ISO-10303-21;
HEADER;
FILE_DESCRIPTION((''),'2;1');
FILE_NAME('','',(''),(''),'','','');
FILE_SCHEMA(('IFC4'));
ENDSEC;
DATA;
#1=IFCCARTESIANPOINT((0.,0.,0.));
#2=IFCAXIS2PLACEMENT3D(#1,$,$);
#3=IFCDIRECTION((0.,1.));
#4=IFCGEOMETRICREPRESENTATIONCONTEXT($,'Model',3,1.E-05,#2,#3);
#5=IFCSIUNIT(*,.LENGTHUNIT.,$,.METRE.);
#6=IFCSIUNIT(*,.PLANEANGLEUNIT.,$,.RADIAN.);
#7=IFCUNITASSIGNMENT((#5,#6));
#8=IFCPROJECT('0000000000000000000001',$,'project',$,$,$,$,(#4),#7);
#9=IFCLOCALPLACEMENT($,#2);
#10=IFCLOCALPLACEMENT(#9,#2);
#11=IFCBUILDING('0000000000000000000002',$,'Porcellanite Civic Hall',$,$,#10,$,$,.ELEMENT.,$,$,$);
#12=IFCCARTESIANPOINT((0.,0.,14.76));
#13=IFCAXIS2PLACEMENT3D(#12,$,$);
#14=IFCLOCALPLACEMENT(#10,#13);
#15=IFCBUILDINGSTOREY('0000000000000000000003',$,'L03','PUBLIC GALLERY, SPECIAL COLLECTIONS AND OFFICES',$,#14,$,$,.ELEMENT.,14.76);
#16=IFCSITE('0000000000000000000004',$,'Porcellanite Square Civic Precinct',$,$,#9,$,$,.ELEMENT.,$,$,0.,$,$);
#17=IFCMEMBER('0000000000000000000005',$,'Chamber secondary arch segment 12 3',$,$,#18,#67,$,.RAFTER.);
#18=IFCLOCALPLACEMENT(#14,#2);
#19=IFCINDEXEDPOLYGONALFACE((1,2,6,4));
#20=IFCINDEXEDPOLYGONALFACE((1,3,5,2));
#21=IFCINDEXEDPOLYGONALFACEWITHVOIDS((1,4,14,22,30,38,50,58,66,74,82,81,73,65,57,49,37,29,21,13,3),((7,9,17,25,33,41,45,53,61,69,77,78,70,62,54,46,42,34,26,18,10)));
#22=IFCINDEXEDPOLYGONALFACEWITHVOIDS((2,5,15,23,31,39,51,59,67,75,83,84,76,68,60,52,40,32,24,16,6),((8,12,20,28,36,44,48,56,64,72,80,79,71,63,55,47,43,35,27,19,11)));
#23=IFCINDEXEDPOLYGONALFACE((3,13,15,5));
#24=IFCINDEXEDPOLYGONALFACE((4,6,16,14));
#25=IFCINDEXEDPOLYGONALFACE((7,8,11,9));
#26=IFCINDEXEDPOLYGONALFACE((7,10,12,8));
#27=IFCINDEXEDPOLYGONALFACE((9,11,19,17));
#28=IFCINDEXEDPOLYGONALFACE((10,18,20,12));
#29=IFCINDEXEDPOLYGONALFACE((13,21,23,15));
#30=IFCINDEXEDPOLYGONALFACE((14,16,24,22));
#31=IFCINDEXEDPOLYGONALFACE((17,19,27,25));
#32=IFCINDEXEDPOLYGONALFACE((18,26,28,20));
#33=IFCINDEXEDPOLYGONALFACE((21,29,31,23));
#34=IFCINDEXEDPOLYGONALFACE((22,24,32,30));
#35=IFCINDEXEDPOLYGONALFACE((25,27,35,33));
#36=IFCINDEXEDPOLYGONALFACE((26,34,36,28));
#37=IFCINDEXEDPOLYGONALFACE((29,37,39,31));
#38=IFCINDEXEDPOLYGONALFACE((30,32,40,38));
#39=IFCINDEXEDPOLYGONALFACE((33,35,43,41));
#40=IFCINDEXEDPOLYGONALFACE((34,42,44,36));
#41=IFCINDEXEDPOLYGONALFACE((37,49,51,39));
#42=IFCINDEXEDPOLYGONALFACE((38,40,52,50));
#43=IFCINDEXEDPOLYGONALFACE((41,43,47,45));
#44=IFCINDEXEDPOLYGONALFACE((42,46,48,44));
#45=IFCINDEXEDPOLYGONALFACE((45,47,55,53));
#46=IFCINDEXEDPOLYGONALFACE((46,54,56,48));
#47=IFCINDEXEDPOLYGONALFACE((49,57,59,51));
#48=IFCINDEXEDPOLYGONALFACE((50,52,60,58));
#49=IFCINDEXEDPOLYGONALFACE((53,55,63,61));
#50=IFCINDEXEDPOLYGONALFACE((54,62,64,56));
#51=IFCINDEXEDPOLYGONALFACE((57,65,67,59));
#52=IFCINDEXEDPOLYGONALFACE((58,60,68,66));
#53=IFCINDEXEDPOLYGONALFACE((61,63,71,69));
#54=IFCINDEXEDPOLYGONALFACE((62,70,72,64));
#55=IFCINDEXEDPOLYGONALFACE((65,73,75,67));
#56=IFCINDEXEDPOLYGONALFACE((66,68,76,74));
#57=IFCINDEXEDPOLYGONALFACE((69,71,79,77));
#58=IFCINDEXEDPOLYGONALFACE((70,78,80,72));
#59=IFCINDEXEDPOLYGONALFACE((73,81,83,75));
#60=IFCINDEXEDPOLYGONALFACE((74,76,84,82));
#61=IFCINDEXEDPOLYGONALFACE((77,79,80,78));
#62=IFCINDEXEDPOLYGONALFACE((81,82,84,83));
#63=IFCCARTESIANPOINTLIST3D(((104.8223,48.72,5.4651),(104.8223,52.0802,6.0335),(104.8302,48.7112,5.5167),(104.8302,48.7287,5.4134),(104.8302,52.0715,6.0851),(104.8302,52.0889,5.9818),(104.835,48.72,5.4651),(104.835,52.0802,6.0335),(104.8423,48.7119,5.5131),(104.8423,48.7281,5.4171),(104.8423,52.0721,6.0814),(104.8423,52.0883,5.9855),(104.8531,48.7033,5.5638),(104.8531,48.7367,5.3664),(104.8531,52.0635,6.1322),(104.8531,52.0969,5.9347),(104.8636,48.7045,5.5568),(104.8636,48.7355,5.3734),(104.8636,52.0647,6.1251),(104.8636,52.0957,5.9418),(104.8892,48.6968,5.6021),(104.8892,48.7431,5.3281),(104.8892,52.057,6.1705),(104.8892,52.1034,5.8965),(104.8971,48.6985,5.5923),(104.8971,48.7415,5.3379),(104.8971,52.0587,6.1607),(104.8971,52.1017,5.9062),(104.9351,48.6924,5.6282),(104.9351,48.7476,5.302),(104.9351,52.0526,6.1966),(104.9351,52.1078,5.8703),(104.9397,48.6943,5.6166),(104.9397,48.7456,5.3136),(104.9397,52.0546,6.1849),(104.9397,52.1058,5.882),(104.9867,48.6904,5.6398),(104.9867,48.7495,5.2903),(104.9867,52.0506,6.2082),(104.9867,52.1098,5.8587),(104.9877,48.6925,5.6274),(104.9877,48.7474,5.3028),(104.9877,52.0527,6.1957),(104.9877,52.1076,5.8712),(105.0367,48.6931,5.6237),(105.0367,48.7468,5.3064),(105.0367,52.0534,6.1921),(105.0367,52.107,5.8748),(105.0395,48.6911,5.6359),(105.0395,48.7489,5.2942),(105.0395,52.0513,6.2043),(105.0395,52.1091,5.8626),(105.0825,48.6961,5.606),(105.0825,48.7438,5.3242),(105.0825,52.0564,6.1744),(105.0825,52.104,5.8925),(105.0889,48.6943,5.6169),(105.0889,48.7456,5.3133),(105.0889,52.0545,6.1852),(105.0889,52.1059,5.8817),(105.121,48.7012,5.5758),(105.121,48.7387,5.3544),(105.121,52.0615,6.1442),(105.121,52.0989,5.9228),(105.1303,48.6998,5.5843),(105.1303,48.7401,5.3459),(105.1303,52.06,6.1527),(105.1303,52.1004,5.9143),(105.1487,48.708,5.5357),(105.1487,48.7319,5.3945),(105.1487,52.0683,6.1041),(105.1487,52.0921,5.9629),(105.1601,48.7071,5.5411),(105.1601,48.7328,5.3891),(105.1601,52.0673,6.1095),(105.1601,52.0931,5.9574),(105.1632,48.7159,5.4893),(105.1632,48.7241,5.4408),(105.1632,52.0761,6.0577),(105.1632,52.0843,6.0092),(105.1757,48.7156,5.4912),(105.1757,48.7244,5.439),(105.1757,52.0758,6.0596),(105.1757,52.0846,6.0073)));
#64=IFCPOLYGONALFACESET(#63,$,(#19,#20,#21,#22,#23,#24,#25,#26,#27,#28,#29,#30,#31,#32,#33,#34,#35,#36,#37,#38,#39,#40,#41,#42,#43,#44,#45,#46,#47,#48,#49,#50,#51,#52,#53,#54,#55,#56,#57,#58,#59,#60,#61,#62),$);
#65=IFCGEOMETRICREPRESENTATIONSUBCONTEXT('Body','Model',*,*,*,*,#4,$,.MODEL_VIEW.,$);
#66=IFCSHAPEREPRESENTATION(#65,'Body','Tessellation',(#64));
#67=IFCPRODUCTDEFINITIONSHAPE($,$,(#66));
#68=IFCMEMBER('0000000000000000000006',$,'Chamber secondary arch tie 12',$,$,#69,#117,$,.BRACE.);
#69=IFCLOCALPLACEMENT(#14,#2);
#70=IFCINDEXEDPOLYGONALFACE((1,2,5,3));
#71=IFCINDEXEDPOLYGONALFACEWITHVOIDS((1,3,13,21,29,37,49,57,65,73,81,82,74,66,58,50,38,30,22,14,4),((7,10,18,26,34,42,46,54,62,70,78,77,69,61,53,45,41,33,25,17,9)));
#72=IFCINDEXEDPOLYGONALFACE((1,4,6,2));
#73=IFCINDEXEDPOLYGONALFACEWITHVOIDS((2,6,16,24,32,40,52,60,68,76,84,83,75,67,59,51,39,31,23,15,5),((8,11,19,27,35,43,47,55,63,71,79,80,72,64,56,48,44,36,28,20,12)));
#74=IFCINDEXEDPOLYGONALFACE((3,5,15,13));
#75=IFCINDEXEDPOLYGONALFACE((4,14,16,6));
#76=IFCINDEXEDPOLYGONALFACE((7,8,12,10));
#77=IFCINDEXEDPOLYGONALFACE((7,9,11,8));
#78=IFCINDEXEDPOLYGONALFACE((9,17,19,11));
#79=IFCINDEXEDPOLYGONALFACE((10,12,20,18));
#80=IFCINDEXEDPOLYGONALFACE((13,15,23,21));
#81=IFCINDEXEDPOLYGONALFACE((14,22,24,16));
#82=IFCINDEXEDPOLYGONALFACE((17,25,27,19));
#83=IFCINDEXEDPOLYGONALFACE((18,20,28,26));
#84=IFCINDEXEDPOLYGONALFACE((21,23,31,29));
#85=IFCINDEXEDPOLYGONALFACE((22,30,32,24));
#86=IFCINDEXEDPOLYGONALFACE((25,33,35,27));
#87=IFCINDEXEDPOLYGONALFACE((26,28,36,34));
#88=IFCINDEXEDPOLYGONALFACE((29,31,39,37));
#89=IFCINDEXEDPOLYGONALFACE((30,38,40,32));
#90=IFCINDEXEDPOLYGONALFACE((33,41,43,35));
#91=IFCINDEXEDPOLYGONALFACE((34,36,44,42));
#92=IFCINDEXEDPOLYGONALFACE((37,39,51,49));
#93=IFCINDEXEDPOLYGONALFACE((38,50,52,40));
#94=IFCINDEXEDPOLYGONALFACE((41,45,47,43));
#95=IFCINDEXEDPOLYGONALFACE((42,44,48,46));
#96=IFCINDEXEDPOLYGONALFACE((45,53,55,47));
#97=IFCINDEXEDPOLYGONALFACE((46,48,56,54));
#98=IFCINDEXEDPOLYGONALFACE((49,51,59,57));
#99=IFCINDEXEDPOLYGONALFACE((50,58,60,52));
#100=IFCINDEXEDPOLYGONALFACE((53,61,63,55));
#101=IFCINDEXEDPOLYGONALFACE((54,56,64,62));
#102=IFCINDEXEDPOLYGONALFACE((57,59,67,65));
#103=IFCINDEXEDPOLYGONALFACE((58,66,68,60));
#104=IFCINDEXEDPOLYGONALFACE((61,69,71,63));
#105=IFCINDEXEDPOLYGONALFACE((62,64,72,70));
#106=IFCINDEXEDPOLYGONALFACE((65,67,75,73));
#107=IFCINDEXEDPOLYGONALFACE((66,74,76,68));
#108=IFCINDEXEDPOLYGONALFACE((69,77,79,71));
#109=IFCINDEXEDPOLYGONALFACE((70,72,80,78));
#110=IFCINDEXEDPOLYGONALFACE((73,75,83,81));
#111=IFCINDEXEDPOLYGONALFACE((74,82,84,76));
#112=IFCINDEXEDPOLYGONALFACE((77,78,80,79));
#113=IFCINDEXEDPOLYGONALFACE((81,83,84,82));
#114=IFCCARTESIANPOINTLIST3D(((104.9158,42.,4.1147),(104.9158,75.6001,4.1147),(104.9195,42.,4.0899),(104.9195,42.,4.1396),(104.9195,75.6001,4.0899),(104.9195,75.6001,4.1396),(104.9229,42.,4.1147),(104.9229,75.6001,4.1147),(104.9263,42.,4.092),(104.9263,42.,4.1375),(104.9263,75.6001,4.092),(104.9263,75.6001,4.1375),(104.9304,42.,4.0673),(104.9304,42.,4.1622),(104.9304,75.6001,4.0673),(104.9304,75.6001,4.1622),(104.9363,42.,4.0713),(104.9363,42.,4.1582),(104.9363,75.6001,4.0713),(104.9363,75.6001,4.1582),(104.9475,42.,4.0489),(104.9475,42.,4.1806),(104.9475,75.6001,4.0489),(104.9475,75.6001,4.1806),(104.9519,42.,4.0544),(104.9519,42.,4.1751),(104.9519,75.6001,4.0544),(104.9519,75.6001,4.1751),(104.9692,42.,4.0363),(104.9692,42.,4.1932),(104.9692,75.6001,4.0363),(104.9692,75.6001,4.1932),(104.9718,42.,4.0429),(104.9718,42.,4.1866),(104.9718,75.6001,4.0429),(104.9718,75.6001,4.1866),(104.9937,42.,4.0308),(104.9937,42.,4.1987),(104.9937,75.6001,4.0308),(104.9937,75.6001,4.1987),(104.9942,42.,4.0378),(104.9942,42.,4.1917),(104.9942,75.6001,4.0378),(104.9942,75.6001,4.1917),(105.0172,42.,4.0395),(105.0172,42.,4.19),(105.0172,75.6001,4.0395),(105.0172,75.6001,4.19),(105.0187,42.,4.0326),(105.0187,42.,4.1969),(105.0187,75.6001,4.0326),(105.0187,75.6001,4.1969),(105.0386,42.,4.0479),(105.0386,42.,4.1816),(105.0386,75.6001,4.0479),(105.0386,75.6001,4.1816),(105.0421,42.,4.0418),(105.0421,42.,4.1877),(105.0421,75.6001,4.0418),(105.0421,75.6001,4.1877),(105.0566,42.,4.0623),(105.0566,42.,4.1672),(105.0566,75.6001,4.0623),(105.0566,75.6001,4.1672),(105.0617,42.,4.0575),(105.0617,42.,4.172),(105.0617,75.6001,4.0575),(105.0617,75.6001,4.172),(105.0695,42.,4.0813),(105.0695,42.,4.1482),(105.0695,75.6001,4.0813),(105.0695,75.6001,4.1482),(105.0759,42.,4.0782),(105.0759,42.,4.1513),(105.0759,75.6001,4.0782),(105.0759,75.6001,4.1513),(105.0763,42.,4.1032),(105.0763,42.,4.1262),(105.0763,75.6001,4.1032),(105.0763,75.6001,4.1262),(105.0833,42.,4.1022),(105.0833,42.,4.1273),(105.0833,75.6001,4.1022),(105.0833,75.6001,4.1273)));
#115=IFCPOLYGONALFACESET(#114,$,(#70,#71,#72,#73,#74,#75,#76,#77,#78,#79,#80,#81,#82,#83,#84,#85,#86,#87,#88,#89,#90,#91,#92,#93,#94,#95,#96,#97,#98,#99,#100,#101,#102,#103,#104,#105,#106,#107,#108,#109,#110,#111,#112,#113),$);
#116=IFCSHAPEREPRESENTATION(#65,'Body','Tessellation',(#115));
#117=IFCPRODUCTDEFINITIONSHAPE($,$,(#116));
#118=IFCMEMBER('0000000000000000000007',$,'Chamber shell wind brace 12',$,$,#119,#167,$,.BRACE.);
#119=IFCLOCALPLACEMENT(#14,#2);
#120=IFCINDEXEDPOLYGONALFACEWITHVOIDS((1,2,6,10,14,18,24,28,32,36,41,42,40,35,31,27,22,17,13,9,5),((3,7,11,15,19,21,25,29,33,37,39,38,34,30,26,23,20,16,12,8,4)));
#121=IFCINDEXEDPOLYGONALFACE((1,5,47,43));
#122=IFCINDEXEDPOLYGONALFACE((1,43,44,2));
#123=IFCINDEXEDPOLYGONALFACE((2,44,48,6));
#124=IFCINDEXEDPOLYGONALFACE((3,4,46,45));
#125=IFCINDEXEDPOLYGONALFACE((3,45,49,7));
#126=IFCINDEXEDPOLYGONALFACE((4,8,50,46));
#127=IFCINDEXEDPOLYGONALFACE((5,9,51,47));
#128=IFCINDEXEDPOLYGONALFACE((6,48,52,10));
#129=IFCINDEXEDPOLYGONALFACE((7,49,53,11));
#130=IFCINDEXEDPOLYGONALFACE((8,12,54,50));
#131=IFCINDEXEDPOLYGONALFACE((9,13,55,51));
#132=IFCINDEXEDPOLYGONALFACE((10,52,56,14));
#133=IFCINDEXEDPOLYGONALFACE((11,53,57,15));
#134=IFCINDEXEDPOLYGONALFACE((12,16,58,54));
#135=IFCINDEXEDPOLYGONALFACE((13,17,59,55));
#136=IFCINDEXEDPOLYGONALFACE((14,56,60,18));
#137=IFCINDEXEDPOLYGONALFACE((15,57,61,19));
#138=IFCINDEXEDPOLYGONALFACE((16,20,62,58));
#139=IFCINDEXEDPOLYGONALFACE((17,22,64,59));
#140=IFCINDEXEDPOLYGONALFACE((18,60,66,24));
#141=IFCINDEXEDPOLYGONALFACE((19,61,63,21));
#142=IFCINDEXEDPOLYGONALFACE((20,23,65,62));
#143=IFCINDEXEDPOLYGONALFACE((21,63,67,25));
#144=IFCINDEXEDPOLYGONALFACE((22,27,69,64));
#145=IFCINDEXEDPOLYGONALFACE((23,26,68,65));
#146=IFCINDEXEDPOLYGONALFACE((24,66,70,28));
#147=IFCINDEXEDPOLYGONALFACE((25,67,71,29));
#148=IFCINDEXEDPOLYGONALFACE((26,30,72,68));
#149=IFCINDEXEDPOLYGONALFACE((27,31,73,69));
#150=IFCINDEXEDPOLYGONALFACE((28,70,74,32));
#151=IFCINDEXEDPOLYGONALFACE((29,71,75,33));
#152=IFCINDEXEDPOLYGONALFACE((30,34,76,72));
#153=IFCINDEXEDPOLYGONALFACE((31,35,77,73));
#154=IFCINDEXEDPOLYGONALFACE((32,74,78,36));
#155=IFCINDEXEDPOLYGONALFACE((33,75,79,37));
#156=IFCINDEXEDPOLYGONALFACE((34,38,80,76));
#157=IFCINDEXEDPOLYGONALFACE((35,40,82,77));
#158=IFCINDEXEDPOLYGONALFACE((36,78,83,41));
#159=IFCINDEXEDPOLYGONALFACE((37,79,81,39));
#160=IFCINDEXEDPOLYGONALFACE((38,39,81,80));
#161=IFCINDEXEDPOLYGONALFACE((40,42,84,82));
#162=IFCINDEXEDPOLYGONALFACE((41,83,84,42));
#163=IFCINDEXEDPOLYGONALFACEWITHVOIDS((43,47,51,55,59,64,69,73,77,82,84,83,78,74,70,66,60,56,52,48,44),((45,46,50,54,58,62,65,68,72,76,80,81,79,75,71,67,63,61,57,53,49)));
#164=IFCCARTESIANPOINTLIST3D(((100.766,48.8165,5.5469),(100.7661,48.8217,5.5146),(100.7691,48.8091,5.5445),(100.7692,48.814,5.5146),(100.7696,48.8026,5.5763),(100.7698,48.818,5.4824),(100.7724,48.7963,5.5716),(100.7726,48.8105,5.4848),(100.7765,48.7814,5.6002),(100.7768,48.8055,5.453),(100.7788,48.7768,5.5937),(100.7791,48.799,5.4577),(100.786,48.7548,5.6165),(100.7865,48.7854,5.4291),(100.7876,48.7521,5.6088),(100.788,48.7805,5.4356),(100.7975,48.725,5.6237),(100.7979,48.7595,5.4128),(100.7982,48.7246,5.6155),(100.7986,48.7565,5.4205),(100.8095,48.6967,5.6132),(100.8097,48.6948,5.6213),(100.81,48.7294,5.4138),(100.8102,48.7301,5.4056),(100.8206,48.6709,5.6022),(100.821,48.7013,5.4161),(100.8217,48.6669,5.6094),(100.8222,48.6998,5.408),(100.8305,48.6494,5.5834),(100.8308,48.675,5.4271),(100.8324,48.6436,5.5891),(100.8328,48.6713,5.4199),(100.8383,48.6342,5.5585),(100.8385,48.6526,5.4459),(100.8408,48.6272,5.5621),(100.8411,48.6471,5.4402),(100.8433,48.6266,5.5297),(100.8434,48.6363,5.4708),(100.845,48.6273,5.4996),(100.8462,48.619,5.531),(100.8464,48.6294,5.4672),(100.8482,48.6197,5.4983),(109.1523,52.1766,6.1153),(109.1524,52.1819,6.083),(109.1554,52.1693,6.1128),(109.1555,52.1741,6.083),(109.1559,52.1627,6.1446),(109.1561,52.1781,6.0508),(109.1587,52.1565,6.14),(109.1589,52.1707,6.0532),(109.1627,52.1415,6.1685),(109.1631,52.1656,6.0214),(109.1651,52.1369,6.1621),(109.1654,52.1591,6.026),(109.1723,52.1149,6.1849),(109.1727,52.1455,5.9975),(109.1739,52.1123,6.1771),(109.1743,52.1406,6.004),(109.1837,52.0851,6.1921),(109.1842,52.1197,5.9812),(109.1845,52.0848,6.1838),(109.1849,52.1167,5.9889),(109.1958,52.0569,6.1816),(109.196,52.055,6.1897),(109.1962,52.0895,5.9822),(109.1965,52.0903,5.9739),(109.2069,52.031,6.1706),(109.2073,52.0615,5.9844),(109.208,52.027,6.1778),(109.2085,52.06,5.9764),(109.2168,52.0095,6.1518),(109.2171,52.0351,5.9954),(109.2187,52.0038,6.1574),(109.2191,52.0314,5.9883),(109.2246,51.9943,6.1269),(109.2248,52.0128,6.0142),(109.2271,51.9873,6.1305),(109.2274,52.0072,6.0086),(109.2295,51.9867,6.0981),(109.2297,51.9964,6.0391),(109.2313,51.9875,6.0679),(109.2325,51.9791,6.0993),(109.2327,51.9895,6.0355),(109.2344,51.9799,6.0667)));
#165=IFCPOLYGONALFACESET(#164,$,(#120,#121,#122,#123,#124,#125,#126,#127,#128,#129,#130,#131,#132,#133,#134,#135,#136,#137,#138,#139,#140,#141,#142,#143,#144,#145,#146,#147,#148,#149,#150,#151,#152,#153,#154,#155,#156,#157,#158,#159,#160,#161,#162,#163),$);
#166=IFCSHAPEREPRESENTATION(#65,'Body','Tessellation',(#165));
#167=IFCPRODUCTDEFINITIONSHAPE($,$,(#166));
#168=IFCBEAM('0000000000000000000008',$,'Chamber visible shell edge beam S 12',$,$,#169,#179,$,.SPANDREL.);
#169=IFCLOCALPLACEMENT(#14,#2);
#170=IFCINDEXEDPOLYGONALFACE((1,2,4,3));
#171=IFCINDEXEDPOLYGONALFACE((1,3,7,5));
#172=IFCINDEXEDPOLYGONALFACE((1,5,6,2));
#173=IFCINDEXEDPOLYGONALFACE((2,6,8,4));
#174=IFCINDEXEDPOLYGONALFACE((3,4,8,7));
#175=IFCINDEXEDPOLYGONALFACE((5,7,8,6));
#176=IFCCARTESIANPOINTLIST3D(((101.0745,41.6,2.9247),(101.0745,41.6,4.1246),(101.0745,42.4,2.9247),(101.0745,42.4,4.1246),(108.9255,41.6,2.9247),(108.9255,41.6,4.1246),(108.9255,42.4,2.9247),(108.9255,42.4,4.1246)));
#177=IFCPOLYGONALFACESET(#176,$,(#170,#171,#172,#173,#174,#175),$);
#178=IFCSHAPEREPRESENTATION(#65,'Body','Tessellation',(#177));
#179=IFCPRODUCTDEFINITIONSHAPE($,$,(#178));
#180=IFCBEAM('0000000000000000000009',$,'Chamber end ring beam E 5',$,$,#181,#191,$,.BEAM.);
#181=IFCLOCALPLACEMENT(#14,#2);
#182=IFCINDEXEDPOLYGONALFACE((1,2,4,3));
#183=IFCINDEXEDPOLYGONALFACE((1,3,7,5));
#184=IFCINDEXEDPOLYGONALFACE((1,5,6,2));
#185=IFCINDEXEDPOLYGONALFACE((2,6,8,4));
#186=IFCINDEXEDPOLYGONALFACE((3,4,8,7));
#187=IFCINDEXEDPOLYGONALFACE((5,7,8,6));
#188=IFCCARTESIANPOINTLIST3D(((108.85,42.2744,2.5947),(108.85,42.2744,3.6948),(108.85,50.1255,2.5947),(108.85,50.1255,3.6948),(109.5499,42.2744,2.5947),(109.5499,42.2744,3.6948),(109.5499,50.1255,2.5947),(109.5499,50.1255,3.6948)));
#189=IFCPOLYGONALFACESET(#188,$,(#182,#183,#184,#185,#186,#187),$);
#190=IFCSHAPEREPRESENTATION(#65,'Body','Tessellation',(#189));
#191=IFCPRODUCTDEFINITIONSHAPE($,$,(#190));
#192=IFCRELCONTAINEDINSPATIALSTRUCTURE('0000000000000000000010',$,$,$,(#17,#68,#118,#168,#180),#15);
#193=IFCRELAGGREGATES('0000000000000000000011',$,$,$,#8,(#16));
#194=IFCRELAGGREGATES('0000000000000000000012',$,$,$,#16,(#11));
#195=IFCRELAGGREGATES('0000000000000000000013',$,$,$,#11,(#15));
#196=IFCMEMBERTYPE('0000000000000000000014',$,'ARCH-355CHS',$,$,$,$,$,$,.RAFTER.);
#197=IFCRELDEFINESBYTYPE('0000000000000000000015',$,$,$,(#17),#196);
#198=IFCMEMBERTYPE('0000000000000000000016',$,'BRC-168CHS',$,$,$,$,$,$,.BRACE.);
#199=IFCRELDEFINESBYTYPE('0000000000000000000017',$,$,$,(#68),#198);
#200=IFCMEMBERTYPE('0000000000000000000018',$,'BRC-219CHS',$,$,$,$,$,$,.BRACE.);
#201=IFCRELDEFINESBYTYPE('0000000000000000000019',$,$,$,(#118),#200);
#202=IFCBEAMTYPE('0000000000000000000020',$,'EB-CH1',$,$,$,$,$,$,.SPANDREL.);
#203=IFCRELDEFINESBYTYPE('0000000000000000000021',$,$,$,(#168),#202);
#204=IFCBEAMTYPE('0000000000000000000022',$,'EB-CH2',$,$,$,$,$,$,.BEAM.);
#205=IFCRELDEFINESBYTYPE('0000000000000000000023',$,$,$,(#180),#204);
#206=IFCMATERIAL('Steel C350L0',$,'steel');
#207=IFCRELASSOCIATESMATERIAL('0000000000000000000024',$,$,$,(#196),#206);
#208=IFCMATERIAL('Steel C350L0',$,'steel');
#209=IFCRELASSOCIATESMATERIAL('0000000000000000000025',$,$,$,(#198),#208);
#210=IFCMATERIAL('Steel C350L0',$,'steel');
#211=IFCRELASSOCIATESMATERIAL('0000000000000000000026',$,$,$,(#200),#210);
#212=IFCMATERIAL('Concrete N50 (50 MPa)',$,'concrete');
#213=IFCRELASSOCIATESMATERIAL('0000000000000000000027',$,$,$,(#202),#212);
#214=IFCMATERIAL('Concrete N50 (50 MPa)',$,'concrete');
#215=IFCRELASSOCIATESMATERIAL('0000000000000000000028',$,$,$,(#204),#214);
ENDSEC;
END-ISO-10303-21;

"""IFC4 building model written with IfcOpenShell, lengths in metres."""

from ifc_helpers import new_model, si_unit, direction, frame, origin, origin_2d, place, context, subcontext, project, spatial, rectangle, hollow_circle, extrude, material, material_profile, profile_set, type_object, element, save


model = new_model("IFC4")

# Units and contexts
model_context = context("Model", 3, precision=1e-05, world=origin(), true_north=direction((0.0, 1.0)))
body_context = subcontext(model_context, "Body", "Model", "MODEL_VIEW")
ifc_project = project(units=[si_unit("LENGTHUNIT", "METRE"), si_unit("PLANEANGLEUNIT", "RADIAN")], contexts=[model_context])

# Site, building, storey
site_placement = place(None, origin())
site = spatial("IfcSite", under=ifc_project, at=site_placement, Name="Porcellanite Square Civic Precinct", CompositionType="ELEMENT", RefElevation=0.0)
building_placement = place(site_placement, origin())
building = spatial("IfcBuilding", under=site, at=building_placement, Name="Porcellanite Civic Hall", CompositionType="ELEMENT")
storey_placement = place(building_placement, frame((0.0, 0.0, 14.76)))
storey = spatial("IfcBuildingStorey", under=building, at=storey_placement, Name="L03", Description="PUBLIC GALLERY, SPECIAL COLLECTIONS AND OFFICES", CompositionType="ELEMENT", Elevation=14.76)

# Members
ifc_material_1 = material(Name="Steel C350L0", Category="steel")
ifc_material_profile_1 = material_profile(ifc_material_1, hollow_circle(Radius=0.1777, WallThickness=0.0127, at=origin_2d()), Name="355.6x12.7CHS")
ifc_profile_set_1 = profile_set([ifc_material_profile_1], Name="Steel C350L0")
member_type_1 = type_object("IfcMemberType", Name="ARCH-355CHS", PredefinedType="RAFTER", material=ifc_profile_set_1)
member_1_placement = place(storey_placement, frame((105.0, 48.72, 5.4651), z_axis=(0.0, 0.985994, 0.16678), x_axis=(-1.0, 0.0, 0.0)))
element("IfcMember", 1, at=member_1_placement, inside=storey, type_object=member_type_1, Name="Chamber secondary arch segment 12 3", PredefinedType="RAFTER", context=body_context, shape_type="SweptSolid", body=[
    extrude(hollow_circle(Radius=0.1777, WallThickness=0.0127, at=origin_2d()), origin(), (0.0, 0.0, 1.0), 3.408),
])
ifc_material_2 = material(Name="Steel C350L0", Category="steel")
ifc_material_profile_2 = material_profile(ifc_material_2, hollow_circle(Radius=0.0842, WallThickness=0.0071, at=origin_2d()), Name="168.3x7.1CHS")
ifc_profile_set_2 = profile_set([ifc_material_profile_2], Name="Steel C350L0")
member_type_2 = type_object("IfcMemberType", Name="BRC-168CHS", PredefinedType="BRACE", material=ifc_profile_set_2)
member_2_placement = place(storey_placement, frame((105.0, 42.0, 4.1147), z_axis=(0.0, 1.0, 0.0), x_axis=(-1.0, 0.0, 0.0)))
element("IfcMember", 2, at=member_2_placement, inside=storey, type_object=member_type_2, Name="Chamber secondary arch tie 12", PredefinedType="BRACE", context=body_context, shape_type="SweptSolid", body=[
    extrude(hollow_circle(Radius=0.0842, WallThickness=0.0071, at=origin_2d()), origin(), (0.0, 0.0, 1.0), 33.6001),
])
ifc_material_3 = material(Name="Steel C350L0", Category="steel")
ifc_material_profile_3 = material_profile(ifc_material_3, hollow_circle(Radius=0.1096, WallThickness=0.0083, at=origin_2d()), Name="219.1x8.2CHS")
ifc_profile_set_3 = profile_set([ifc_material_profile_3], Name="Steel C350L0")
member_type_3 = type_object("IfcMemberType", Name="BRC-219CHS", PredefinedType="BRACE", material=ifc_profile_set_3)
member_3_placement = place(storey_placement, frame((100.8069, 48.72, 5.5146), z_axis=(0.926431, 0.371193, 0.062787), x_axis=(-0.371926, 0.928262, 0.0)))
element("IfcMember", 3, at=member_3_placement, inside=storey, type_object=member_type_3, Name="Chamber shell wind brace 12", PredefinedType="BRACE", context=body_context, shape_type="SweptSolid", body=[
    extrude(hollow_circle(Radius=0.1096, WallThickness=0.0083, at=origin_2d()), origin(), (0.0, 0.0, 1.0), 9.0522),
])

# Beams
ifc_material_4 = material(Name="Concrete N50 (50 MPa)", Category="concrete")
ifc_material_profile_4 = material_profile(ifc_material_4, rectangle(XDim=0.8, YDim=1.2, at=origin_2d()), Name="RC-800x1200")
ifc_profile_set_4 = profile_set([ifc_material_profile_4], Name="Concrete N50 (50 MPa)")
beam_type_1 = type_object("IfcBeamType", Name="EB-CH1", PredefinedType="SPANDREL", material=ifc_profile_set_4)
beam_1_placement = place(storey_placement, frame((101.0745, 42.0, 3.5247), z_axis=(1.0, 0.0, 0.0), x_axis=(0.0, 1.0, 0.0)))
element("IfcBeam", 4, at=beam_1_placement, inside=storey, type_object=beam_type_1, Name="Chamber visible shell edge beam S 12", PredefinedType="SPANDREL", context=body_context, shape_type="SweptSolid", body=[
    extrude(rectangle(XDim=0.8, YDim=1.2, at=origin_2d()), origin(), (0.0, 0.0, 1.0), 7.8511),
])
ifc_material_5 = material(Name="Concrete N50 (50 MPa)", Category="concrete")
ifc_material_profile_5 = material_profile(ifc_material_5, rectangle(XDim=0.7, YDim=1.1001, at=origin_2d()), Name="RC-700x1100")
ifc_profile_set_5 = profile_set([ifc_material_profile_5], Name="Concrete N50 (50 MPa)")
beam_type_2 = type_object("IfcBeamType", Name="EB-CH2", PredefinedType="BEAM", material=ifc_profile_set_5)
beam_2_placement = place(storey_placement, frame((109.2, 42.2744, 3.1448), z_axis=(0.0, 1.0, 0.0), x_axis=(-1.0, 0.0, 0.0)))
element("IfcBeam", 5, at=beam_2_placement, inside=storey, type_object=beam_type_2, Name="Chamber end ring beam E 5", PredefinedType="BEAM", context=body_context, shape_type="SweptSolid", body=[
    extrude(rectangle(XDim=0.7, YDim=1.1001, at=origin_2d()), origin(), (0.0, 0.0, 1.0), 7.8511),
])

save(model, "model.ifc")
